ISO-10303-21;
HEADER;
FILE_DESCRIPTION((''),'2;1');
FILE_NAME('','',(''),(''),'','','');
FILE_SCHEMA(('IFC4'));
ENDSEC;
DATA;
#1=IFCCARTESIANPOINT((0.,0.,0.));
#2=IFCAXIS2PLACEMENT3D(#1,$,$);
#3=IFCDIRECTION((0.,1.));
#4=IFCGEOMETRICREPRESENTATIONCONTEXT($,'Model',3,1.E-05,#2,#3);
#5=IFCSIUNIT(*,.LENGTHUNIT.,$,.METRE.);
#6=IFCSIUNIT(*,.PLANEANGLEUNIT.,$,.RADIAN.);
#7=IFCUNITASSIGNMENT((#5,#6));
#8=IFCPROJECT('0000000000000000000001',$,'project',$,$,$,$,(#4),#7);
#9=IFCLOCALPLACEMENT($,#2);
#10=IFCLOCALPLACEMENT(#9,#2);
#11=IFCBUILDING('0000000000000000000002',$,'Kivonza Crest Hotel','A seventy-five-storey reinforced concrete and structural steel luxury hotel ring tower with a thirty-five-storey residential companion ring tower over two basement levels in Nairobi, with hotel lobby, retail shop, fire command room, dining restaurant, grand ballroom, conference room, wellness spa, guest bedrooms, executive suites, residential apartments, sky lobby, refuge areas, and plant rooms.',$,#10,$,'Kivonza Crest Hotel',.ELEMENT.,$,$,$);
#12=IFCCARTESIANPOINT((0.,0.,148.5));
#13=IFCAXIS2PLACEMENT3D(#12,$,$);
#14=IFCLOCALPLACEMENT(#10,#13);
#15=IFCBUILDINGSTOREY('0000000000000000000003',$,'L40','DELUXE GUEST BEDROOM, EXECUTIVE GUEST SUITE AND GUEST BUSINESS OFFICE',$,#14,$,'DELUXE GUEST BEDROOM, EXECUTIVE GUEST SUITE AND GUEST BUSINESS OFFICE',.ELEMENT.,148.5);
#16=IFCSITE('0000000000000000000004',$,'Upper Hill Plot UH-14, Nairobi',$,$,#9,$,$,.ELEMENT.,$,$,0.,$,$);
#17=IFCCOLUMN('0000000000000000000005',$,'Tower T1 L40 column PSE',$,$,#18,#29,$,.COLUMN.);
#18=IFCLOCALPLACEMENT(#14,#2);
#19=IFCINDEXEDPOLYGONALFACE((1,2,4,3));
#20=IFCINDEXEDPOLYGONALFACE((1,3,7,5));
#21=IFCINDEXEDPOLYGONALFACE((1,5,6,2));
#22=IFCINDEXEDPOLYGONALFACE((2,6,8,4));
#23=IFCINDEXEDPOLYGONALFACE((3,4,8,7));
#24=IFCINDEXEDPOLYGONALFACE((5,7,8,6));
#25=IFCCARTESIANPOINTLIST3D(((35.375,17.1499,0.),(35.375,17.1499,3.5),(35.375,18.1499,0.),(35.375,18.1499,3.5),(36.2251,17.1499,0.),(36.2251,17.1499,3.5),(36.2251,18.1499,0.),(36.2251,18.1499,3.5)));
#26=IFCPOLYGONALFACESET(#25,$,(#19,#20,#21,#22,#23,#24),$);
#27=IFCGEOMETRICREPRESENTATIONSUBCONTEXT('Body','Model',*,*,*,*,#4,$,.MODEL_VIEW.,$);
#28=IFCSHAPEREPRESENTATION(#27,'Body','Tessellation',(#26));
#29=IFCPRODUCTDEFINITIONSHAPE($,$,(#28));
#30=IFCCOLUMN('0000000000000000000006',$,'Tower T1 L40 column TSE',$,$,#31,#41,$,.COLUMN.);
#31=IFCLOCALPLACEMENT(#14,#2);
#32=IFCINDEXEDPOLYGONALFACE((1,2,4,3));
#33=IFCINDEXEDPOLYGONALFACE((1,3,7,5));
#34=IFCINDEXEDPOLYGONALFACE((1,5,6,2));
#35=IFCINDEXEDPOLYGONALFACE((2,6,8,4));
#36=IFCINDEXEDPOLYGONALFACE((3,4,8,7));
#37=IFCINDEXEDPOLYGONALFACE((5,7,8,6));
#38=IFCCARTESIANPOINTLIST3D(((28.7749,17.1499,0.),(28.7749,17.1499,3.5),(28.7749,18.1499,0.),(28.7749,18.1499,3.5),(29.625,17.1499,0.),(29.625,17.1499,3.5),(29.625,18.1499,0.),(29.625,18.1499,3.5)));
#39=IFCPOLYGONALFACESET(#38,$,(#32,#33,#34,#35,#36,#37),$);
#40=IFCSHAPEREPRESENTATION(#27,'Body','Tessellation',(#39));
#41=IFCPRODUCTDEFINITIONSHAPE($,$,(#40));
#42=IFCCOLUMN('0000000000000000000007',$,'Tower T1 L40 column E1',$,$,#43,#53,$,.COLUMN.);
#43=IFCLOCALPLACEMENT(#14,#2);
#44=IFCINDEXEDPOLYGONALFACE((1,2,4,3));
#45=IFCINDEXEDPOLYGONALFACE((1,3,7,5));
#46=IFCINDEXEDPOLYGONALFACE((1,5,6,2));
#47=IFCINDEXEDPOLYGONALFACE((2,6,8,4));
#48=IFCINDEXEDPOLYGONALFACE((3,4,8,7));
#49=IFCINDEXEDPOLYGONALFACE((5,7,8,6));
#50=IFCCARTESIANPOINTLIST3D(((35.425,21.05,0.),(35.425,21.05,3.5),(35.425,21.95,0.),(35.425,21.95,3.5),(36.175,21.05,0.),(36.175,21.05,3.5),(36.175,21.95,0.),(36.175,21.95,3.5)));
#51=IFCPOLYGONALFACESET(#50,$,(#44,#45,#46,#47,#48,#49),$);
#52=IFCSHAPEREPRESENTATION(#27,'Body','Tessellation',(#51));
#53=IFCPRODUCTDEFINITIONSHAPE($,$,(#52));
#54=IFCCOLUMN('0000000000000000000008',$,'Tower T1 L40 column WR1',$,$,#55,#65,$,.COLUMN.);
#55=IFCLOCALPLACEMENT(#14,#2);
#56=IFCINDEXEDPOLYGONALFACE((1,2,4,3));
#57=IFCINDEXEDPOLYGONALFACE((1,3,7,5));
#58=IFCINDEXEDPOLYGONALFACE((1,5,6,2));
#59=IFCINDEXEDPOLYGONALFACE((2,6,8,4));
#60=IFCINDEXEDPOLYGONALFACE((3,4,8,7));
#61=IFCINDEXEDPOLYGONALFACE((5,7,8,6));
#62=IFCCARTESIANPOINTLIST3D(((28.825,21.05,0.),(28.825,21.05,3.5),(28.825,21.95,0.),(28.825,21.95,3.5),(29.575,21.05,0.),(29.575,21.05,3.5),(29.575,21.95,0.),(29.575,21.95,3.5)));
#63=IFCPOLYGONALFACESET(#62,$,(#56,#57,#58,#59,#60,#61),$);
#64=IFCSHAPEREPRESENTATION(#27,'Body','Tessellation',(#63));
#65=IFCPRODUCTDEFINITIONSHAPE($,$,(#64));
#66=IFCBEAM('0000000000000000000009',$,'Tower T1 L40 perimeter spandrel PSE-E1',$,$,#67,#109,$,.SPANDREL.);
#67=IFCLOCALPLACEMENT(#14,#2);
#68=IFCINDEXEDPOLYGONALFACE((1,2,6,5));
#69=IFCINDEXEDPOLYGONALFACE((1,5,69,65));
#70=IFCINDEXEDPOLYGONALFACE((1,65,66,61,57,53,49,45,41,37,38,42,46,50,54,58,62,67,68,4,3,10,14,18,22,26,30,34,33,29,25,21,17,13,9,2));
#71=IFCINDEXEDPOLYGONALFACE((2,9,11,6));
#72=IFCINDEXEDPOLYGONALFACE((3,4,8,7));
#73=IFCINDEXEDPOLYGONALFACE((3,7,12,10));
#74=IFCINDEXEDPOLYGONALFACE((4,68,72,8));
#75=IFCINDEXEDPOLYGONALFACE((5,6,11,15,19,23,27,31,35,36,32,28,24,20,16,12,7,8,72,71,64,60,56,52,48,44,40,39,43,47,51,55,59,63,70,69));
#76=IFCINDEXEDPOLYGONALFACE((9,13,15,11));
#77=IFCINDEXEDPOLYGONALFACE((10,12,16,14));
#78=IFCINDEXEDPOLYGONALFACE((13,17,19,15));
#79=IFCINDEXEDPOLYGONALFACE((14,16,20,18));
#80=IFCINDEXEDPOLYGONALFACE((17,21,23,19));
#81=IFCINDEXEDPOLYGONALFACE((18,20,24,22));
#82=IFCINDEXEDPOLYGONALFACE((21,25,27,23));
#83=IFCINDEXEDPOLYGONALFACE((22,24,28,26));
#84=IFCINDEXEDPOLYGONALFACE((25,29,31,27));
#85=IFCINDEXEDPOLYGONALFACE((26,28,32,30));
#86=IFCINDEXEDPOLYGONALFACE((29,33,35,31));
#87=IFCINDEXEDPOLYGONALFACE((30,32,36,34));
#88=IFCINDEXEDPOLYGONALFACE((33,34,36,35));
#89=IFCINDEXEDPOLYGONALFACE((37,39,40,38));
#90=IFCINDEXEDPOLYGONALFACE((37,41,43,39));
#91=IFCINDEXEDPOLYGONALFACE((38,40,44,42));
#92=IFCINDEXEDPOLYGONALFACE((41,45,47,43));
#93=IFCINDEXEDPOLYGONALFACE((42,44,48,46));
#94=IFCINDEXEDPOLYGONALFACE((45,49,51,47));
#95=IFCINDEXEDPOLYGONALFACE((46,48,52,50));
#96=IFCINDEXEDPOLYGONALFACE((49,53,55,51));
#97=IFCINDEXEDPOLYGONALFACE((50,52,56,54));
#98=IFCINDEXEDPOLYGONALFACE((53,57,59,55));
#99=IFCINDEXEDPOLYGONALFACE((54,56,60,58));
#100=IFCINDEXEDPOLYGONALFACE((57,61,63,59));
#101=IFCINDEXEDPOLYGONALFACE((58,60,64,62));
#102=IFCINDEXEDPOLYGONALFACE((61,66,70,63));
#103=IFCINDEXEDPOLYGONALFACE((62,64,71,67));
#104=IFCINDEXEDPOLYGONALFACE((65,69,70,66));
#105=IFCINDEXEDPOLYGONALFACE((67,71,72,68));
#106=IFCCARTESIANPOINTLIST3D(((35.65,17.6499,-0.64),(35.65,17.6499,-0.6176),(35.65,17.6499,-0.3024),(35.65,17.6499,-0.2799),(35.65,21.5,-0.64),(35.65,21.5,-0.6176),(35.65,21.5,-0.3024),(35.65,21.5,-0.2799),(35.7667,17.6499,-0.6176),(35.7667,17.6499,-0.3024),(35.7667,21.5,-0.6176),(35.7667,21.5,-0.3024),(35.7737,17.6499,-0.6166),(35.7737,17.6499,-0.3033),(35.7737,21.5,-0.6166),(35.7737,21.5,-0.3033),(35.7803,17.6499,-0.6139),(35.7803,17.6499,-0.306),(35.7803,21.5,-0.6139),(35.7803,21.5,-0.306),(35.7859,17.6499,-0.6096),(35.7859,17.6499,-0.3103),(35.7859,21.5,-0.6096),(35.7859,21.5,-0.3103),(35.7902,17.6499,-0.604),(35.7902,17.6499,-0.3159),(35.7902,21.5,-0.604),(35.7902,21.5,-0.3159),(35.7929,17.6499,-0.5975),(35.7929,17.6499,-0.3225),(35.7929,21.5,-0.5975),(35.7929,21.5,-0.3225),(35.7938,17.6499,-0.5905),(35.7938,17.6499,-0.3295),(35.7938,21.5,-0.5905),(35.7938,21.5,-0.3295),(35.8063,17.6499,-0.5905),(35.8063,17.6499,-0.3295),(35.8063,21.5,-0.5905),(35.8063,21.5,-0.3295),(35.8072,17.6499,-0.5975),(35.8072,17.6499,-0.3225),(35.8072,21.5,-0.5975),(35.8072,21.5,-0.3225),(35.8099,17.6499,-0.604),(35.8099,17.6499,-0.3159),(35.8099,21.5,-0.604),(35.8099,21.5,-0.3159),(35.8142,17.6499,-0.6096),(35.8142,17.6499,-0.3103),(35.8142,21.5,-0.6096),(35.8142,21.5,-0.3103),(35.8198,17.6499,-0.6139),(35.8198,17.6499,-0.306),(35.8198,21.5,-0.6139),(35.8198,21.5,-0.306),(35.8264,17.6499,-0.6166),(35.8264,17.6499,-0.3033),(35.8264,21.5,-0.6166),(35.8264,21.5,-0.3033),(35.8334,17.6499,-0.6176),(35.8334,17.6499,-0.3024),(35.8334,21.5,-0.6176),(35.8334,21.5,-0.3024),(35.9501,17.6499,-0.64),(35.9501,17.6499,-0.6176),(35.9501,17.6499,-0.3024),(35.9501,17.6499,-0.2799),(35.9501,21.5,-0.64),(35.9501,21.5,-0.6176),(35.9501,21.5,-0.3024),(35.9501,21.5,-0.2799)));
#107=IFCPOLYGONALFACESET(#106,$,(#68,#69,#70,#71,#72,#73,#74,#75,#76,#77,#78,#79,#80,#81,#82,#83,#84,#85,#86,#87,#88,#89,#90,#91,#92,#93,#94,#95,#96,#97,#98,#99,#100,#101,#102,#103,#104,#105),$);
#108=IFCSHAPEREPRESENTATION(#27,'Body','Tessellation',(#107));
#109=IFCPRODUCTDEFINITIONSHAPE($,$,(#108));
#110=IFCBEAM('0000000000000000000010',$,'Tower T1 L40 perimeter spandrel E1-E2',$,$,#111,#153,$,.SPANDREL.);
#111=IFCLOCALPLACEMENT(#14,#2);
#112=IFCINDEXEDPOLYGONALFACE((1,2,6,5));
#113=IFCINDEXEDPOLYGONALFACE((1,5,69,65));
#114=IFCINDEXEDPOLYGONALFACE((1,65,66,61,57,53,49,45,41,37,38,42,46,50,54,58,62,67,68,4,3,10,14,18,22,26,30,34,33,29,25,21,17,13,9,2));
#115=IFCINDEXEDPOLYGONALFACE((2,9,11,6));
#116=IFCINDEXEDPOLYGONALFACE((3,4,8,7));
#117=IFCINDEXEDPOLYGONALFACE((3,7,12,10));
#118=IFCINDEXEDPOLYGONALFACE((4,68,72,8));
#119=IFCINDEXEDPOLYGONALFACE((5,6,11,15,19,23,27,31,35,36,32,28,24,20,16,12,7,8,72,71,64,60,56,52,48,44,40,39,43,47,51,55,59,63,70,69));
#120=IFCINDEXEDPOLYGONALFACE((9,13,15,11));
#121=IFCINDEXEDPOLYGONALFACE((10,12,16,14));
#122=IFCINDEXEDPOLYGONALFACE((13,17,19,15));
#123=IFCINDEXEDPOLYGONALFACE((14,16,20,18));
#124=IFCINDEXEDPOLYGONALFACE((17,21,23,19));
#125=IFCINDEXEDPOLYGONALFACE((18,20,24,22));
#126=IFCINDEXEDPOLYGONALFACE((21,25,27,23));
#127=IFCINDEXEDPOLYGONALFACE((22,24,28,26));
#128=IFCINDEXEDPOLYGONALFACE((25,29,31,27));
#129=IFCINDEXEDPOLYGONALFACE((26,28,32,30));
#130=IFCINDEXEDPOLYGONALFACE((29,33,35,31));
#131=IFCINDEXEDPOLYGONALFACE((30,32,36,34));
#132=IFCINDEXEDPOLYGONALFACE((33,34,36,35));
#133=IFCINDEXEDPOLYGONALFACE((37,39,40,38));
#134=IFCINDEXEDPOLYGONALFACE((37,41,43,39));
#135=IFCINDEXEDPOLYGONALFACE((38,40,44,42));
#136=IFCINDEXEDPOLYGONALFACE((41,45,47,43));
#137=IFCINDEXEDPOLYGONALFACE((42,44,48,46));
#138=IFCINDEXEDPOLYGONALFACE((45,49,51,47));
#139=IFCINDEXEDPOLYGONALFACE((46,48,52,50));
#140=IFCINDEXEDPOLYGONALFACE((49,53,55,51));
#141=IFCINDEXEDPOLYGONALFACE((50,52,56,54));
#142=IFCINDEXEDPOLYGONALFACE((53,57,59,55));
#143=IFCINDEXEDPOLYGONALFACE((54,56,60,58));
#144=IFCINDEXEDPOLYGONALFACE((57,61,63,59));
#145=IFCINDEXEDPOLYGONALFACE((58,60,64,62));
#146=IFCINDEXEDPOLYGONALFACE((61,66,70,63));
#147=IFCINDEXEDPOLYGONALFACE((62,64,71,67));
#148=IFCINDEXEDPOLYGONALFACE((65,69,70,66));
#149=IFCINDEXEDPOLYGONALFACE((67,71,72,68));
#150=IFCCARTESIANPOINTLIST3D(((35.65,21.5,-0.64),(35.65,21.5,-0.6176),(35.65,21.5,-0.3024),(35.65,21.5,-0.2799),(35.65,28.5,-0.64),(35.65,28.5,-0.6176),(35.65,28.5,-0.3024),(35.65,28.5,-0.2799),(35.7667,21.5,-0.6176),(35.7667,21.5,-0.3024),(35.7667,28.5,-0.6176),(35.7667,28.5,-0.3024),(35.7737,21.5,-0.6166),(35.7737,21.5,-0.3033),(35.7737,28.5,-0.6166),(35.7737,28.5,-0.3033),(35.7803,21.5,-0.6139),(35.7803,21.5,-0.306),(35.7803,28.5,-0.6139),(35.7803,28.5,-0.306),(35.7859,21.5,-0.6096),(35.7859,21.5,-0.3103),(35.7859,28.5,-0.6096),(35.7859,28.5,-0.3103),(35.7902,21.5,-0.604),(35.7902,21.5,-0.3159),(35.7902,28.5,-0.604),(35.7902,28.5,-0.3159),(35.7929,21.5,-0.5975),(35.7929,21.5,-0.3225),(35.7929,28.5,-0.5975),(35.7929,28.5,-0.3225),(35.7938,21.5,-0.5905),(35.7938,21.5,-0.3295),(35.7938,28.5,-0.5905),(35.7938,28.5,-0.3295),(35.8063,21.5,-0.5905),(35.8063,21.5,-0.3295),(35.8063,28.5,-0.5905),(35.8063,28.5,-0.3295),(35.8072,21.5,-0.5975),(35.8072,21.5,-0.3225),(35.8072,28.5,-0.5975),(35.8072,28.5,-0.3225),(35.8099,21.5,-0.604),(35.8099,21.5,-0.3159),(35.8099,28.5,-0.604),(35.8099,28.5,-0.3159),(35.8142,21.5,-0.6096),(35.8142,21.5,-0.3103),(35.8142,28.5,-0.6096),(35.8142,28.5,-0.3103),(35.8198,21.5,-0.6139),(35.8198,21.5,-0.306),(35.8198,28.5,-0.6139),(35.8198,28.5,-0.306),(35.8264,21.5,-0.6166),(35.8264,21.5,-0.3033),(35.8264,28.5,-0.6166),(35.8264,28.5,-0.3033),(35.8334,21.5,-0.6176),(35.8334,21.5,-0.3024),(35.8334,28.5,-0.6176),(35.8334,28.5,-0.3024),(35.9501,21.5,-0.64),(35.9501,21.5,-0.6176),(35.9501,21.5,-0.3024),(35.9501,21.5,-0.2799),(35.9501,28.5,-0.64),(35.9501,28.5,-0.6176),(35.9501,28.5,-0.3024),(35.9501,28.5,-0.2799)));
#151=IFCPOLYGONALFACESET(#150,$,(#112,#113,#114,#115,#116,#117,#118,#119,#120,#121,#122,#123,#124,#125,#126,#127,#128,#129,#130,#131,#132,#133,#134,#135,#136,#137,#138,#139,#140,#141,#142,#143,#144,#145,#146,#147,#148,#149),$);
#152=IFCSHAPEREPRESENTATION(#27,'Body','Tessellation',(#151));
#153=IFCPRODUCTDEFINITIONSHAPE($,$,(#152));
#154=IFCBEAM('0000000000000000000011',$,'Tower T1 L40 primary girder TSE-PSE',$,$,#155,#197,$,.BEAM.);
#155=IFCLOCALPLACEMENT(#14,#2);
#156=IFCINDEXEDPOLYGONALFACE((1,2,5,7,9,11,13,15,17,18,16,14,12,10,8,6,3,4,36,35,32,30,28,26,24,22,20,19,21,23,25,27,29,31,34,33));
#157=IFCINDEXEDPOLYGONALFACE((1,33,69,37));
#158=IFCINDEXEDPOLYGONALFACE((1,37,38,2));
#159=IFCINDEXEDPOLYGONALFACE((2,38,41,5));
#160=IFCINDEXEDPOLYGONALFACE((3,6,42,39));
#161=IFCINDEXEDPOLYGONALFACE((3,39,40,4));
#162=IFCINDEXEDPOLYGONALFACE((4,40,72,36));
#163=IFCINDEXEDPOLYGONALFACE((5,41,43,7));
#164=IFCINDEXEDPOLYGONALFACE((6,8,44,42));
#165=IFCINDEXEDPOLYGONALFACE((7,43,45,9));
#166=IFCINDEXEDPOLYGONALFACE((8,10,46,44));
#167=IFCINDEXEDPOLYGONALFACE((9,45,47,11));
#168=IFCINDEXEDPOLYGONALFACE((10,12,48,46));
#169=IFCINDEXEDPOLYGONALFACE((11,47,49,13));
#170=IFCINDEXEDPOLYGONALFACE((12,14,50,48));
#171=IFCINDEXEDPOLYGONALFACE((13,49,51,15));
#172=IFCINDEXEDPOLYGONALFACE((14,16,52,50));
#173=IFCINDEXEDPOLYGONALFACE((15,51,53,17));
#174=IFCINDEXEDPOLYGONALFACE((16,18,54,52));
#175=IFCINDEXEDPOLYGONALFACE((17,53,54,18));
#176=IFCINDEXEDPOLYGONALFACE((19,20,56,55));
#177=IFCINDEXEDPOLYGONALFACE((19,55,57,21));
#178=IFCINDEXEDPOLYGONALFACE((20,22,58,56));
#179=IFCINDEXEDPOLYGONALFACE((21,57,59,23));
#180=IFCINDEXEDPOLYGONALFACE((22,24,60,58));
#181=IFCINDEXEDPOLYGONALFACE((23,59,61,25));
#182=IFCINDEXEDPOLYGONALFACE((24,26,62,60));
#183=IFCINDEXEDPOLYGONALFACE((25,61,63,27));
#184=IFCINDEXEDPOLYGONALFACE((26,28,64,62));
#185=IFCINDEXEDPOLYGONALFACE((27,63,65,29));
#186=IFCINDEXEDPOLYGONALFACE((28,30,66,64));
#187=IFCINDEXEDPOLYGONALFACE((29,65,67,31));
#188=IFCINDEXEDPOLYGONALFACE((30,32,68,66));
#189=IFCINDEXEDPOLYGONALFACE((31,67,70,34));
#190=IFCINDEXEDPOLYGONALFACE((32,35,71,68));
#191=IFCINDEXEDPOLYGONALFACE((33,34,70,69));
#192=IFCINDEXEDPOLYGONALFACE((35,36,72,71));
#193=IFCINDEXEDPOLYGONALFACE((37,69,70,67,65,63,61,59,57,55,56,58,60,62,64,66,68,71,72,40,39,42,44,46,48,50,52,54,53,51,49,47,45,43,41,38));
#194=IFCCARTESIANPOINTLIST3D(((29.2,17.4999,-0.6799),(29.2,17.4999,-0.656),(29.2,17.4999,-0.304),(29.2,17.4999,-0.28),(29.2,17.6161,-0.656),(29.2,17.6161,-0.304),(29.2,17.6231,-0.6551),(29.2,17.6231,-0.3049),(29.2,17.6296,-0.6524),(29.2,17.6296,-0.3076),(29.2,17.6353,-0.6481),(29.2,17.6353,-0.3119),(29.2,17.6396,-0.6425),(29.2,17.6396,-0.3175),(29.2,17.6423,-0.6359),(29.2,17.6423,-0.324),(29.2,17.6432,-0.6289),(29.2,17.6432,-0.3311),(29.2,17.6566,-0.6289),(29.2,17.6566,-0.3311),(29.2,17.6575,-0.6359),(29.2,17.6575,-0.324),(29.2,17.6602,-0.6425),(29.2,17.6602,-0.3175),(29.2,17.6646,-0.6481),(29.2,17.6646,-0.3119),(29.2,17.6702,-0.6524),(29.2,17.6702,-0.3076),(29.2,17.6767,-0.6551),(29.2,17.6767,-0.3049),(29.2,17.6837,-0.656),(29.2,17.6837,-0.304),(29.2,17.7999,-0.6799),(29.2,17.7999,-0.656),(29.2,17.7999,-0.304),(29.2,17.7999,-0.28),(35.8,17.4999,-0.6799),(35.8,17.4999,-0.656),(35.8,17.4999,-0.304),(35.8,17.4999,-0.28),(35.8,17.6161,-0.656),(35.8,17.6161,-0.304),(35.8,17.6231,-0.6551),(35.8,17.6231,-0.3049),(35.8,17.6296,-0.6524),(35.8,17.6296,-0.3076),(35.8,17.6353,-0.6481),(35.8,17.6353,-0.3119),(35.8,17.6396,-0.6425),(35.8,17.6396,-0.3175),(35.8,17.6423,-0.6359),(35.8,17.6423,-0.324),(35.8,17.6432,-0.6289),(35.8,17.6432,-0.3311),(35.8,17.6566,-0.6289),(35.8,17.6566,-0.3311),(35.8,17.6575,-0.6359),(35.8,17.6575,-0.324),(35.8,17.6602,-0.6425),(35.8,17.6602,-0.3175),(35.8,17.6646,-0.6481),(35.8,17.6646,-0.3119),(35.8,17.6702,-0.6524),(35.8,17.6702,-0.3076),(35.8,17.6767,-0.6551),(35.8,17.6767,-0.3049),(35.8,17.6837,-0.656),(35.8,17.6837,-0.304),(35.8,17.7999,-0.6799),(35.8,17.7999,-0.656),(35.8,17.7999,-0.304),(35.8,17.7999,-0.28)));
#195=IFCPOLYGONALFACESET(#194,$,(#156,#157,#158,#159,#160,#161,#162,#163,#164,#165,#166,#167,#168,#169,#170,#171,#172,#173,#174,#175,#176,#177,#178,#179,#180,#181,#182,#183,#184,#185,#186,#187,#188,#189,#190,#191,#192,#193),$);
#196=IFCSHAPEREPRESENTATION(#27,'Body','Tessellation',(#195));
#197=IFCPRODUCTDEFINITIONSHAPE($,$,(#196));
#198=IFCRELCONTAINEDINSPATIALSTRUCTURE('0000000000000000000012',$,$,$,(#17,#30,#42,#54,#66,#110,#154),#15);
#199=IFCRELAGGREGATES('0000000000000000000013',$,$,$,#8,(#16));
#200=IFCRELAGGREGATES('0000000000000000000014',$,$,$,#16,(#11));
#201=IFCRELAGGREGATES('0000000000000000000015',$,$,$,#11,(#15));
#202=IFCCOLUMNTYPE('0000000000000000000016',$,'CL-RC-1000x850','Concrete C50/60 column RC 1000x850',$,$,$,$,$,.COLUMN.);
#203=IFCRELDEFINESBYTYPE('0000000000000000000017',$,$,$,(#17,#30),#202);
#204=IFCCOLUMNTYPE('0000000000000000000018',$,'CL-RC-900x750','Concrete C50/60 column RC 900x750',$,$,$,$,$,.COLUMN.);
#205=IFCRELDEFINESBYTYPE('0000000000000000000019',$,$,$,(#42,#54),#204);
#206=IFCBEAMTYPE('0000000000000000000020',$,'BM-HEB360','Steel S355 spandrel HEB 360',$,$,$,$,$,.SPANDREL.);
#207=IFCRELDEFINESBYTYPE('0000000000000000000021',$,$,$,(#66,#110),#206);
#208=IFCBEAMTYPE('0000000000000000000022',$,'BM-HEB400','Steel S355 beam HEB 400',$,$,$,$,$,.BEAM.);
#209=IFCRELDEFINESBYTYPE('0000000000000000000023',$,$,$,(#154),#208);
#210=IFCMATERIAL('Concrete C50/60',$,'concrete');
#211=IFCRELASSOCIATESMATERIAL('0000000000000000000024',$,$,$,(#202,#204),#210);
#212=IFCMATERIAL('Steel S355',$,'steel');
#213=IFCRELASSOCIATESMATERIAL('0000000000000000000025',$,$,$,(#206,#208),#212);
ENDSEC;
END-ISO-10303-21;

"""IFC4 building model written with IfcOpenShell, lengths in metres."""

from ifc_helpers import new_model, si_unit, direction, frame, origin, origin_2d, place, context, subcontext, project, spatial, rectangle, i_section, extrude, material, material_profile, profile_set, type_object, element, save


model = new_model("IFC4")

# Units and contexts
model_context = context("Model", 3, precision=1e-05, world=origin(), true_north=direction((0.0, 1.0)))
body_context = subcontext(model_context, "Body", "Model", "MODEL_VIEW")
ifc_project = project(units=[si_unit("LENGTHUNIT", "METRE"), si_unit("PLANEANGLEUNIT", "RADIAN")], contexts=[model_context])

# Site, building, storey
site_placement = place(None, origin())
site = spatial("IfcSite", under=ifc_project, at=site_placement, Name="Upper Hill Plot UH-14, Nairobi", CompositionType="ELEMENT", RefElevation=0.0)
building_placement = place(site_placement, origin())
building = spatial("IfcBuilding", under=site, at=building_placement, Name="Kivonza Crest Hotel", Description="A seventy-five-storey reinforced concrete and structural steel luxury hotel ring tower with a thirty-five-storey residential companion ring tower over two basement levels in Nairobi, with hotel lobby, retail shop, fire command room, dining restaurant, grand ballroom, conference room, wellness spa, guest bedrooms, executive suites, residential apartments, sky lobby, refuge areas, and plant rooms.", LongName="Kivonza Crest Hotel", CompositionType="ELEMENT")
storey_placement = place(building_placement, frame((0.0, 0.0, 148.5)))
storey = spatial("IfcBuildingStorey", under=building, at=storey_placement, Name="L40", Description="DELUXE GUEST BEDROOM, EXECUTIVE GUEST SUITE AND GUEST BUSINESS OFFICE", LongName="DELUXE GUEST BEDROOM, EXECUTIVE GUEST SUITE AND GUEST BUSINESS OFFICE", CompositionType="ELEMENT", Elevation=148.5)

# Columns
ifc_material_1 = material(Name="Concrete C50/60", Category="concrete")
ifc_material_profile_1 = material_profile(ifc_material_1, rectangle(XDim=0.8501, YDim=1.0, at=origin_2d()), Name="RC 1000x850")
ifc_profile_set_1 = profile_set([ifc_material_profile_1], Name="Concrete C50/60")
column_type_1 = type_object("IfcColumnType", Name="CL-RC-1000x850", Description="Concrete C50/60 column RC 1000x850", PredefinedType="COLUMN", material=ifc_profile_set_1)
for number, where, z_axis, x_axis, name in (
    (1, (35.8, 17.6499, 0.0), (0.0, 0.0, 1.0), (1.0, 0.0, 0.0), "Tower T1 L40 column PSE"),
    (2, (29.2, 17.6499, 0.0), (0.0, 0.0, 1.0), (1.0, 0.0, 0.0), "Tower T1 L40 column TSE"),
):
    element("IfcColumn", number, at=place(storey_placement, frame(where, z_axis=z_axis, x_axis=x_axis)), inside=storey, type_object=column_type_1, Name=name, PredefinedType="COLUMN", context=body_context, shape_type="SweptSolid", body=[
        extrude(rectangle(XDim=0.8501, YDim=1.0, at=origin_2d()), origin(), (0.0, 0.0, 1.0), 3.5),
    ])
ifc_material_profile_2 = material_profile(ifc_material_1, rectangle(XDim=0.75, YDim=0.8999, at=origin_2d()), Name="RC 900x750")
ifc_profile_set_2 = profile_set([ifc_material_profile_2], Name="Concrete C50/60")
column_type_2 = type_object("IfcColumnType", Name="CL-RC-900x750", Description="Concrete C50/60 column RC 900x750", PredefinedType="COLUMN", material=ifc_profile_set_2)
for number, where, z_axis, x_axis, name in (
    (3, (35.8, 21.5, 0.0), (0.0, 0.0, 1.0), (1.0, 0.0, 0.0), "Tower T1 L40 column E1"),
    (4, (29.2, 21.5, 0.0), (0.0, 0.0, 1.0), (1.0, 0.0, 0.0), "Tower T1 L40 column WR1"),
):
    element("IfcColumn", number, at=place(storey_placement, frame(where, z_axis=z_axis, x_axis=x_axis)), inside=storey, type_object=column_type_2, Name=name, PredefinedType="COLUMN", context=body_context, shape_type="SweptSolid", body=[
        extrude(rectangle(XDim=0.75, YDim=0.8999, at=origin_2d()), origin(), (0.0, 0.0, 1.0), 3.5),
    ])

# Beams
ifc_material_2 = material(Name="Steel S355", Category="steel")
ifc_material_profile_3 = material_profile(ifc_material_2, i_section(OverallWidth=0.3, OverallDepth=0.3601, WebThickness=0.0125, FlangeThickness=0.0225, FilletRadius=0.0271, at=origin_2d()), Name="HEB 360")
ifc_profile_set_3 = profile_set([ifc_material_profile_3], Name="Steel S355")
beam_type_1 = type_object("IfcBeamType", Name="BM-HEB360", Description="Steel S355 spandrel HEB 360", PredefinedType="SPANDREL", material=ifc_profile_set_3)
beam_1_placement = place(storey_placement, frame((35.8, 17.6499, -0.46), z_axis=(0.0, 1.0, 0.0), x_axis=(-1.0, 0.0, 0.0)))
element("IfcBeam", 5, at=beam_1_placement, inside=storey, type_object=beam_type_1, Name="Tower T1 L40 perimeter spandrel PSE-E1", PredefinedType="SPANDREL", context=body_context, shape_type="SweptSolid", body=[
    extrude(i_section(OverallWidth=0.3, OverallDepth=0.3601, WebThickness=0.0125, FlangeThickness=0.0225, FilletRadius=0.0271, at=origin_2d()), origin(), (0.0, 0.0, 1.0), 3.8501),
])
beam_2_placement = place(storey_placement, frame((35.8, 21.5, -0.46), z_axis=(0.0, 1.0, 0.0), x_axis=(-1.0, 0.0, 0.0)))
element("IfcBeam", 6, at=beam_2_placement, inside=storey, type_object=beam_type_1, Name="Tower T1 L40 perimeter spandrel E1-E2", PredefinedType="SPANDREL", context=body_context, shape_type="SweptSolid", body=[
    extrude(i_section(OverallWidth=0.3, OverallDepth=0.3601, WebThickness=0.0125, FlangeThickness=0.0225, FilletRadius=0.0271, at=origin_2d()), origin(), (0.0, 0.0, 1.0), 7.0),
])
ifc_material_profile_4 = material_profile(ifc_material_2, i_section(OverallWidth=0.3, OverallDepth=0.3999, WebThickness=0.0134, FlangeThickness=0.0239, FilletRadius=0.0271, at=origin_2d()), Name="HEB 400")
ifc_profile_set_4 = profile_set([ifc_material_profile_4], Name="Steel S355")
beam_type_2 = type_object("IfcBeamType", Name="BM-HEB400", Description="Steel S355 beam HEB 400", PredefinedType="BEAM", material=ifc_profile_set_4)
beam_3_placement = place(storey_placement, frame((29.2, 17.6499, -0.48), z_axis=(1.0, 0.0, 0.0), x_axis=(0.0, 1.0, 0.0)))
element("IfcBeam", 7, at=beam_3_placement, inside=storey, type_object=beam_type_2, Name="Tower T1 L40 primary girder TSE-PSE", PredefinedType="BEAM", context=body_context, shape_type="SweptSolid", body=[
    extrude(i_section(OverallWidth=0.3, OverallDepth=0.3999, WebThickness=0.0134, FlangeThickness=0.0239, FilletRadius=0.0271, at=origin_2d()), origin(), (0.0, 0.0, 1.0), 6.6001),
])

save(model, "model.ifc")
